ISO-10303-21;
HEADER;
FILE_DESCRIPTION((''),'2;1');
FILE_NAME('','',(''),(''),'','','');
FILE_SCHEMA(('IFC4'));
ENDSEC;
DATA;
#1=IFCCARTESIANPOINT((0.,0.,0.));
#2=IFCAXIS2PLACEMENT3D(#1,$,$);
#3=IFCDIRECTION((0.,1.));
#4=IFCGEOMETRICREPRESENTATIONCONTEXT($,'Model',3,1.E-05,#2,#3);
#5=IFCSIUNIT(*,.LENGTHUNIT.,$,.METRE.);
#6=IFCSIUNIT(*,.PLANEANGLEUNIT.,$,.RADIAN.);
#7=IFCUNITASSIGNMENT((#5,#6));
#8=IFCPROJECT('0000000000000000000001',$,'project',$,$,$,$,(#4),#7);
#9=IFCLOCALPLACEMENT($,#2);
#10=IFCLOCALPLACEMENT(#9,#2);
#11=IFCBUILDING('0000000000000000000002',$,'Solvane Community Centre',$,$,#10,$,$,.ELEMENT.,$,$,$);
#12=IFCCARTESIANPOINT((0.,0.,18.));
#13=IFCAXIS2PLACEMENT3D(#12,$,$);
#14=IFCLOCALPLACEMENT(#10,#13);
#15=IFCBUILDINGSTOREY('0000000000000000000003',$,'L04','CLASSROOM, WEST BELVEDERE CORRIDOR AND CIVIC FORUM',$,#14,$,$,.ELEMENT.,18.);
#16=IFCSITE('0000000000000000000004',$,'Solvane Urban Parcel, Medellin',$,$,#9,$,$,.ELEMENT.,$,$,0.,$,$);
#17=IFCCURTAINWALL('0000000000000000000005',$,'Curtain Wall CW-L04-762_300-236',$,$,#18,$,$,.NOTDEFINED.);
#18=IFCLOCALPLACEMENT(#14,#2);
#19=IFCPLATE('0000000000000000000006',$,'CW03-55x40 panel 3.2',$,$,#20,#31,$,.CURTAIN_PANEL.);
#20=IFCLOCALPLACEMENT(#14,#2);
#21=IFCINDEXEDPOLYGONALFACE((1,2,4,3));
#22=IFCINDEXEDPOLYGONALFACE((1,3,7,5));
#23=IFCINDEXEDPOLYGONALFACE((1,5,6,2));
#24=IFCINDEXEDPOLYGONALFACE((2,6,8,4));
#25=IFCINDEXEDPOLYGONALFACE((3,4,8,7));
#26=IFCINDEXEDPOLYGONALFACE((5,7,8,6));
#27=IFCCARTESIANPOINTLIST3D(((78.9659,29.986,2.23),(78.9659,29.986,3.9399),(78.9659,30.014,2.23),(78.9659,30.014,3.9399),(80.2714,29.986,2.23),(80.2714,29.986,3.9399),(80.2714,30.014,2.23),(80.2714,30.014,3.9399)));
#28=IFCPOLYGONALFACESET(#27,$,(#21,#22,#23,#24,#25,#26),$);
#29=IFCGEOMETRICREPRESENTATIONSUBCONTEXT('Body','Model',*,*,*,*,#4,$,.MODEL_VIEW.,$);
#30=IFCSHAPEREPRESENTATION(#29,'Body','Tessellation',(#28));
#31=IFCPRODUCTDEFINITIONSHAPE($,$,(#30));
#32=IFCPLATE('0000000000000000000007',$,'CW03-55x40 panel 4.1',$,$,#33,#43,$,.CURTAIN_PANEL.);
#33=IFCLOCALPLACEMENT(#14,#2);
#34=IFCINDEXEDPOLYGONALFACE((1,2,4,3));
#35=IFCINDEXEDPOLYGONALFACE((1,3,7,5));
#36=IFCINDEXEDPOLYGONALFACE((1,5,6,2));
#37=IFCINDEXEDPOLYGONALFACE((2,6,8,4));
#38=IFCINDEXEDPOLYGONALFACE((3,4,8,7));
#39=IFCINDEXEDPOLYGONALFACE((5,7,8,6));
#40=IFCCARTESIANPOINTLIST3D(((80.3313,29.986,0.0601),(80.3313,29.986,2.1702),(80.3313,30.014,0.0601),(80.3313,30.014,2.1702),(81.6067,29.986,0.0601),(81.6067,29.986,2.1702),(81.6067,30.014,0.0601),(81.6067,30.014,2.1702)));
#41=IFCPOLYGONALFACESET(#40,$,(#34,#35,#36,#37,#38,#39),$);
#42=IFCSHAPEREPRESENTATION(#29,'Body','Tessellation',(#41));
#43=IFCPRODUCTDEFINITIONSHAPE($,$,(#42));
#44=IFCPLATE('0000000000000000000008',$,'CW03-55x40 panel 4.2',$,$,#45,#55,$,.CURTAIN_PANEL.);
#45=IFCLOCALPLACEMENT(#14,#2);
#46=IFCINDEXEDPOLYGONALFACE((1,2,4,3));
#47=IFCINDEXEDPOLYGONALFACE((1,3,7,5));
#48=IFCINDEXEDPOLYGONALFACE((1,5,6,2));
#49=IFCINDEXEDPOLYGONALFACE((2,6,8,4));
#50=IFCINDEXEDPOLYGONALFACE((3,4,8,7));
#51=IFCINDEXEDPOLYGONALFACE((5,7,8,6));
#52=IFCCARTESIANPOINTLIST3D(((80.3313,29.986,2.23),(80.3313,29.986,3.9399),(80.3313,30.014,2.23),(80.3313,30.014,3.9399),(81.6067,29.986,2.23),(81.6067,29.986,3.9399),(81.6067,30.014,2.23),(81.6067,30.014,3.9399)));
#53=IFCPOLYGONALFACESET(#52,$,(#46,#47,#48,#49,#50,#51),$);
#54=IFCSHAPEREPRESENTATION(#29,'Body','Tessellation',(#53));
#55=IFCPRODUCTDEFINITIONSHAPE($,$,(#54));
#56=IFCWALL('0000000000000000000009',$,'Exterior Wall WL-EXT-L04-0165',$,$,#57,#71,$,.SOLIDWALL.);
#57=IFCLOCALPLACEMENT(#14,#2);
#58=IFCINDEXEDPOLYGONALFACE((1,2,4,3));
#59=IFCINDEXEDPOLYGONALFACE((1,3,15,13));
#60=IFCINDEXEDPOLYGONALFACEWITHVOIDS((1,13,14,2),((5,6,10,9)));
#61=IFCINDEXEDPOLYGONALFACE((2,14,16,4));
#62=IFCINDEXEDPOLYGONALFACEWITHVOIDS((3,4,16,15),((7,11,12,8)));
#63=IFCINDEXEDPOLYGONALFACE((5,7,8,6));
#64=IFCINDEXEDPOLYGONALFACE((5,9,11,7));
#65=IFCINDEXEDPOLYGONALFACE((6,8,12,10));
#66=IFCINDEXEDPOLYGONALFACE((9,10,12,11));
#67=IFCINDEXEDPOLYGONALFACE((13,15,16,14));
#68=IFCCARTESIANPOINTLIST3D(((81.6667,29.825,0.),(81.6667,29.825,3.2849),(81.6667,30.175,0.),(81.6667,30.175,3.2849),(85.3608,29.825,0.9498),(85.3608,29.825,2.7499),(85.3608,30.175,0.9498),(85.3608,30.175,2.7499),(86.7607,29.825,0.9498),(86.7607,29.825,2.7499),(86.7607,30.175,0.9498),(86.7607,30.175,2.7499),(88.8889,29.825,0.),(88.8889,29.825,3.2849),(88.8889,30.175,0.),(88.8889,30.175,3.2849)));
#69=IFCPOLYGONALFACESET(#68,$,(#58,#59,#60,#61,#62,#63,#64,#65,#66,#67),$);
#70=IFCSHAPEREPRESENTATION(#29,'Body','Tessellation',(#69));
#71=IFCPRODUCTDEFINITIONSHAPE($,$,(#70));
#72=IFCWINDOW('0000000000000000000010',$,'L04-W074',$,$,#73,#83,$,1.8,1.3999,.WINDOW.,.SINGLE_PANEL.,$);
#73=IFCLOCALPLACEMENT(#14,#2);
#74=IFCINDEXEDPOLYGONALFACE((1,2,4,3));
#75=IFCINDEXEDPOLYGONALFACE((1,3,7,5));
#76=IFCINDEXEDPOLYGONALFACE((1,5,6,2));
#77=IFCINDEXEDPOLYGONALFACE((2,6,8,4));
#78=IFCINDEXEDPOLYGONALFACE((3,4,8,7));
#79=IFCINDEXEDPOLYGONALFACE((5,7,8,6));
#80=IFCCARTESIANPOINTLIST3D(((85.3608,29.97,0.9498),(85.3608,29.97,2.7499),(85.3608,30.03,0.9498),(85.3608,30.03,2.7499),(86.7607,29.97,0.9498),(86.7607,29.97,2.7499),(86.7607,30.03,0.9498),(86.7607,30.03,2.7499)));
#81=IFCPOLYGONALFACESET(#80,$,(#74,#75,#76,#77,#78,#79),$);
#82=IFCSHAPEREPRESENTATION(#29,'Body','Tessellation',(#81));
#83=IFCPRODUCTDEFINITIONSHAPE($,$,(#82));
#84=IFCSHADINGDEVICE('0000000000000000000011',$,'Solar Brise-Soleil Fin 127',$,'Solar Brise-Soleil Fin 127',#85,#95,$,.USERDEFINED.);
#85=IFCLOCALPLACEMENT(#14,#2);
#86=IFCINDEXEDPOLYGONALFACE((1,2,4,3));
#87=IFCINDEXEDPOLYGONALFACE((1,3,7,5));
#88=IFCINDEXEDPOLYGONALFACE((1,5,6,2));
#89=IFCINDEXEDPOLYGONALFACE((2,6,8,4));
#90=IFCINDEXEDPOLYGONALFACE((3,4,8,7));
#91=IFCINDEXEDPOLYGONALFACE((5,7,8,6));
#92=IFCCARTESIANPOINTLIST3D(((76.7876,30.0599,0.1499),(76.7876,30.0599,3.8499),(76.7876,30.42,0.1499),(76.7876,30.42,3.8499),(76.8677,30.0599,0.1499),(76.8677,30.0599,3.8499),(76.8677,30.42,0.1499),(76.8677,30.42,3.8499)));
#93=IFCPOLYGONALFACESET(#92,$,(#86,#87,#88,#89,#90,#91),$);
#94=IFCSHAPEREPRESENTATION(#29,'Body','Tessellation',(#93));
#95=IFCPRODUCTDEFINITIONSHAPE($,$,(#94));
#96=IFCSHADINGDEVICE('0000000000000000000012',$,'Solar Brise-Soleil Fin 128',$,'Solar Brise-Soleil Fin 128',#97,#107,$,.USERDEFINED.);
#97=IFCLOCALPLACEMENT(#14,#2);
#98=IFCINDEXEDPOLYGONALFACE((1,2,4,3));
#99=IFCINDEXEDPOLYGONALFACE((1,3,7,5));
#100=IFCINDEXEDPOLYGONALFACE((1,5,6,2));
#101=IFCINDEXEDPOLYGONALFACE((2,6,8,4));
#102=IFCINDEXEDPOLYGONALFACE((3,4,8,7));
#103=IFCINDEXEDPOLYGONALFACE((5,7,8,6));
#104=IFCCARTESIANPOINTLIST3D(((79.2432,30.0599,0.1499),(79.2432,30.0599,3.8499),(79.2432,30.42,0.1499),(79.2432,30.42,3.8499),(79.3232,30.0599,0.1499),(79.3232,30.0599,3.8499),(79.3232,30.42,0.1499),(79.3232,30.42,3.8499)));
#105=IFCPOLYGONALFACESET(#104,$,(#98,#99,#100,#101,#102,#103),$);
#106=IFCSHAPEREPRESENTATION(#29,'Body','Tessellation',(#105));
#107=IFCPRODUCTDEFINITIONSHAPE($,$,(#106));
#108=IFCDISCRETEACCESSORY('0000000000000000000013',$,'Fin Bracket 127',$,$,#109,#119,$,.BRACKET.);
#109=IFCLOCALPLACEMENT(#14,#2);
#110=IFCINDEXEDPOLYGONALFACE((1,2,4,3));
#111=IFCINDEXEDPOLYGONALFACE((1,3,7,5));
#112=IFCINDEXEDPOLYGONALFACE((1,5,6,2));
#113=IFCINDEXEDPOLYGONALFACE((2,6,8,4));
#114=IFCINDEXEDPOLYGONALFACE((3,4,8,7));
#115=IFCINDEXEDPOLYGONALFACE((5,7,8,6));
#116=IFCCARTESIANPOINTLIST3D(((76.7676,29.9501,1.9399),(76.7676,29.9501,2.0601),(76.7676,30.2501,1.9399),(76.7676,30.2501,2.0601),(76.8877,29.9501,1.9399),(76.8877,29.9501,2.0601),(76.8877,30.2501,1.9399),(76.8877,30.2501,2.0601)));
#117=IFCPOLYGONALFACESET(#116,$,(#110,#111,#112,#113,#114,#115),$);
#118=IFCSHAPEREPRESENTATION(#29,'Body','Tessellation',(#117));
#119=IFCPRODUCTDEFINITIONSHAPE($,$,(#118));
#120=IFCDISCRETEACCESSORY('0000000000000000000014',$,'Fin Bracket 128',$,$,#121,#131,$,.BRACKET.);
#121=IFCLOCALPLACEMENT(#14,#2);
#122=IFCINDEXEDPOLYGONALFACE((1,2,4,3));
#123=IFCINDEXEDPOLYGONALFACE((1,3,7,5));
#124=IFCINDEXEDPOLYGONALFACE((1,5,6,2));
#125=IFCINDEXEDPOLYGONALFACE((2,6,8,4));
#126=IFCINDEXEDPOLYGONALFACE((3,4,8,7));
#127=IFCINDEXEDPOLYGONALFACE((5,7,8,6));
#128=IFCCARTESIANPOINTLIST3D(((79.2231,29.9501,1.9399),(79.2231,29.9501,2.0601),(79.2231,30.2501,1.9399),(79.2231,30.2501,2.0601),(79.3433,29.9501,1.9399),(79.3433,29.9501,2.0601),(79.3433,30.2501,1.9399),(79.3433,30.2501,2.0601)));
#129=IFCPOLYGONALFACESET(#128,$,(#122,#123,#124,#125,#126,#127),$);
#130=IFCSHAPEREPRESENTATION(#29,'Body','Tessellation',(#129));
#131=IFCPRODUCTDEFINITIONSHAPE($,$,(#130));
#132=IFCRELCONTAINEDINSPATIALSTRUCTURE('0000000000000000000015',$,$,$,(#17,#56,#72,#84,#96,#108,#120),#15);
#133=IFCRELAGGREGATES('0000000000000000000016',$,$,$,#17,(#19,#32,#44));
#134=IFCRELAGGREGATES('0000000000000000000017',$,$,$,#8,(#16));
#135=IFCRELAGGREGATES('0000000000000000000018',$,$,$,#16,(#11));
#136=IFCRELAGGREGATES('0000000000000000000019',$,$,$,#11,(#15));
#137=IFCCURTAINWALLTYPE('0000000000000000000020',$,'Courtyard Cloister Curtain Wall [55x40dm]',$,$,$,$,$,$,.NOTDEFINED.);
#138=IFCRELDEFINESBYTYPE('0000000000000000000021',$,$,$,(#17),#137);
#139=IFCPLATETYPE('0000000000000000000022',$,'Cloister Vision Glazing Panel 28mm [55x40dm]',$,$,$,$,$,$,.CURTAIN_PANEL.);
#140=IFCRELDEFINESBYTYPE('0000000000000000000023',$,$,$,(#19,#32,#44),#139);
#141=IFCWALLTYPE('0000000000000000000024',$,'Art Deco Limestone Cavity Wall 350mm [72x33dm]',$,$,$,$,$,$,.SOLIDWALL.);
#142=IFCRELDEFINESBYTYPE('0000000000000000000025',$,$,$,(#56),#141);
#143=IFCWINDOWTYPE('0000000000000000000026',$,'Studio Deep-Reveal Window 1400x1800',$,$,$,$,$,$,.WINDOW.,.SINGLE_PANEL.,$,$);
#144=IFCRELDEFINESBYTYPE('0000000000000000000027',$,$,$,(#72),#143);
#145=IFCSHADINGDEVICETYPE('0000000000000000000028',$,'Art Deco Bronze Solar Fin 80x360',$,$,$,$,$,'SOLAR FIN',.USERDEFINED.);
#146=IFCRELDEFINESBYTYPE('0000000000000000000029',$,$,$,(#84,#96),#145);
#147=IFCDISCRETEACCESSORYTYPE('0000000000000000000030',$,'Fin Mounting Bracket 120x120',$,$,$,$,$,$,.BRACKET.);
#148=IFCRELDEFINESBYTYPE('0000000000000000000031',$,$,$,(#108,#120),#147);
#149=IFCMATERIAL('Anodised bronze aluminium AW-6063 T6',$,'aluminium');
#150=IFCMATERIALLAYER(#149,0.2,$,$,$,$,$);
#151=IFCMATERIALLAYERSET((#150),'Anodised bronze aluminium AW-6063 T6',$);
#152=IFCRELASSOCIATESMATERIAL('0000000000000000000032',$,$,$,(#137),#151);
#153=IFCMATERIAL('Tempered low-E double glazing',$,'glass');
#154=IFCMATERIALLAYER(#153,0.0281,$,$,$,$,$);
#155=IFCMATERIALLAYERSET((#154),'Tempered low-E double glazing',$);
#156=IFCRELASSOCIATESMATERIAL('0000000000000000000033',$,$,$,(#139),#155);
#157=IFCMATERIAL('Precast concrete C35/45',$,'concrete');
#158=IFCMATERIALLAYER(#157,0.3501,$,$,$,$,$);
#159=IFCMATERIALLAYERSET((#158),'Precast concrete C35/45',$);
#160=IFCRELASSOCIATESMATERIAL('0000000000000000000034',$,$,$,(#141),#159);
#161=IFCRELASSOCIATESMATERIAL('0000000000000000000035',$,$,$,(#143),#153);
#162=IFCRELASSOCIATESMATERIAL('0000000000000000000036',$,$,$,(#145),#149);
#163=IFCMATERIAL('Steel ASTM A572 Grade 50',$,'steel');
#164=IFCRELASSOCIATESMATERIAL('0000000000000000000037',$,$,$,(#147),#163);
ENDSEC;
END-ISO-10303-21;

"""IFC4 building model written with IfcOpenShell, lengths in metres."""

from ifc_helpers import new_model, si_unit, direction, frame, frame_2d, origin, origin_2d, place, context, subcontext, project, spatial, rectangle, extrude, material, layer, layer_set, type_object, element, fill, aggregate, save


model = new_model("IFC4")

# Units and contexts
model_context = context("Model", 3, precision=1e-05, world=origin(), true_north=direction((0.0, 1.0)))
body_context = subcontext(model_context, "Body", "Model", "MODEL_VIEW")
ifc_project = project(units=[si_unit("LENGTHUNIT", "METRE"), si_unit("PLANEANGLEUNIT", "RADIAN")], contexts=[model_context])

# Site, building, storey
site_placement = place(None, origin())
site = spatial("IfcSite", under=ifc_project, at=site_placement, Name="Solvane Urban Parcel, Medellin", CompositionType="ELEMENT", RefElevation=0.0)
building_placement = place(site_placement, origin())
building = spatial("IfcBuilding", under=site, at=building_placement, Name="Solvane Community Centre", CompositionType="ELEMENT")
storey_placement = place(building_placement, frame((0.0, 0.0, 18.0)))
storey = spatial("IfcBuildingStorey", under=building, at=storey_placement, Name="L04", Description="CLASSROOM, WEST BELVEDERE CORRIDOR AND CIVIC FORUM", CompositionType="ELEMENT", Elevation=18.0)

# Shared definitions
ifc_material_1 = material(Name="Anodised bronze aluminium AW-6063 T6", Category="aluminium")

# Curtain wall
ifc_layer_1 = layer(ifc_material_1, 0.2)
ifc_layer_set_1 = layer_set([ifc_layer_1], Name="Anodised bronze aluminium AW-6063 T6")
curtain_wall_type_1 = type_object("IfcCurtainWallType", Name="Courtyard Cloister Curtain Wall [55x40dm]", PredefinedType="NOTDEFINED", material=ifc_layer_set_1)
curtain_wall_1_placement = place(storey_placement, origin())
curtain_wall_1 = element("IfcCurtainWall", 1, at=curtain_wall_1_placement, inside=storey, type_object=curtain_wall_type_1, Name="Curtain Wall CW-L04-762_300-236", PredefinedType="NOTDEFINED")

# Plates
ifc_material_2 = material(Name="Tempered low-E double glazing", Category="glass")
ifc_layer_2 = layer(ifc_material_2, 0.0281)
ifc_layer_set_2 = layer_set([ifc_layer_2], Name="Tempered low-E double glazing")
plate_type_1 = type_object("IfcPlateType", Name="Cloister Vision Glazing Panel 28mm [55x40dm]", PredefinedType="CURTAIN_PANEL", material=ifc_layer_set_2)
plate_1_placement = place(storey_placement, frame((79.6187, 30.0, 2.23), z_axis=(0.0, 0.0, 1.0), x_axis=(1.0, 0.0, 0.0)))
plate_1 = element("IfcPlate", 2, at=plate_1_placement, type_object=plate_type_1, Name="CW03-55x40 panel 3.2", PredefinedType="CURTAIN_PANEL", context=body_context, shape_type="SweptSolid", body=[
    extrude(rectangle(XDim=1.3054, YDim=0.0281, at=origin_2d()), origin(), (0.0, 0.0, 1.0), 1.71),
])
plate_2_placement = place(storey_placement, frame((80.969, 30.0, 0.0601), z_axis=(0.0, 0.0, 1.0), x_axis=(1.0, 0.0, 0.0)))
plate_2 = element("IfcPlate", 3, at=plate_2_placement, type_object=plate_type_1, Name="CW03-55x40 panel 4.1", PredefinedType="CURTAIN_PANEL", context=body_context, shape_type="SweptSolid", body=[
    extrude(rectangle(XDim=1.2754, YDim=0.0281, at=origin_2d()), origin(), (0.0, 0.0, 1.0), 2.1101),
])
plate_3_placement = place(storey_placement, frame((80.969, 30.0, 2.23), z_axis=(0.0, 0.0, 1.0), x_axis=(1.0, 0.0, 0.0)))
plate_3 = element("IfcPlate", 4, at=plate_3_placement, type_object=plate_type_1, Name="CW03-55x40 panel 4.2", PredefinedType="CURTAIN_PANEL", context=body_context, shape_type="SweptSolid", body=[
    extrude(rectangle(XDim=1.2754, YDim=0.0281, at=origin_2d()), origin(), (0.0, 0.0, 1.0), 1.71),
])
aggregate(curtain_wall_1, [plate_1, plate_2, plate_3])

# Wall, opening, window
ifc_material_3 = material(Name="Precast concrete C35/45", Category="concrete")
ifc_layer_3 = layer(ifc_material_3, 0.3501)
ifc_layer_set_3 = layer_set([ifc_layer_3], Name="Precast concrete C35/45")
wall_type = type_object("IfcWallType", Name="Art Deco Limestone Cavity Wall 350mm [72x33dm]", PredefinedType="SOLIDWALL", material=ifc_layer_set_3)
wall_placement = place(storey_placement, frame((81.6667, 30.0, 0.0), z_axis=(0.0, 0.0, 1.0), x_axis=(1.0, 0.0, 0.0)))
wall = element("IfcWall", 5, at=wall_placement, inside=storey, type_object=wall_type, Name="Exterior Wall WL-EXT-L04-0165", PredefinedType="SOLIDWALL", context=body_context, shape_type="SweptSolid", body=[
    extrude(rectangle(XDim=7.2222, YDim=0.3501, at=frame_2d((3.6111, 0.0))), origin(), (0.0, 0.0, 1.0), 3.2849),
])
opening_placement = place(wall_placement, frame((3.6941, 0.0, 0.95)))
opening = element("IfcOpeningElement", 6, at=opening_placement, cuts=wall, PredefinedType="OPENING", context=body_context, shape_type="SweptSolid", body=[
    extrude(rectangle(XDim=1.3999, YDim=1.8, at=frame_2d((0.7, 0.8999))), frame((0.0, 0.1851, 0.0), z_axis=(0.0, -1.0, 0.0), x_axis=(1.0, 0.0, 0.0)), (0.0, 0.0, 1.0), 0.3701),
])
window_type = type_object("IfcWindowType", Name="Studio Deep-Reveal Window 1400x1800", PartitioningType="SINGLE_PANEL", PredefinedType="WINDOW", material=ifc_material_2)
window_placement = place(opening_placement, origin())
window = element("IfcWindow", 7, at=window_placement, inside=storey, type_object=window_type, Name="L04-W074", OverallHeight=1.8, OverallWidth=1.3999, PartitioningType="SINGLE_PANEL", PredefinedType="WINDOW", context=body_context, shape_type="SweptSolid", body=[
    extrude(rectangle(XDim=1.3999, YDim=1.8, at=frame_2d((0.7, 0.8999))), frame((0.0, 0.03, 0.0), z_axis=(0.0, -1.0, 0.0), x_axis=(1.0, 0.0, 0.0)), (0.0, 0.0, 1.0), 0.0601),
])
fill(opening, window)

# Shading devices
shading_device_type = type_object("IfcShadingDeviceType", Name="Art Deco Bronze Solar Fin 80x360", ElementType="SOLAR FIN", PredefinedType="USERDEFINED", material=ifc_material_1)
shading_device_1_placement = place(storey_placement, frame((76.8276, 30.24, 0.1499), z_axis=(0.0, 0.0, 1.0), x_axis=(1.0, 0.0, 0.0)))
element("IfcShadingDevice", 8, at=shading_device_1_placement, inside=storey, type_object=shading_device_type, Name="Solar Brise-Soleil Fin 127", ObjectType="Solar Brise-Soleil Fin 127", PredefinedType="USERDEFINED", context=body_context, shape_type="SweptSolid", body=[
    extrude(rectangle(XDim=0.0801, YDim=0.3601, at=origin_2d()), origin(), (0.0, 0.0, 1.0), 3.7),
])
shading_device_2_placement = place(storey_placement, frame((79.2832, 30.24, 0.1499), z_axis=(0.0, 0.0, 1.0), x_axis=(1.0, 0.0, 0.0)))
element("IfcShadingDevice", 9, at=shading_device_2_placement, inside=storey, type_object=shading_device_type, Name="Solar Brise-Soleil Fin 128", ObjectType="Solar Brise-Soleil Fin 128", PredefinedType="USERDEFINED", context=body_context, shape_type="SweptSolid", body=[
    extrude(rectangle(XDim=0.0801, YDim=0.3601, at=origin_2d()), origin(), (0.0, 0.0, 1.0), 3.7),
])

# Discrete accessories
ifc_material_4 = material(Name="Steel ASTM A572 Grade 50", Category="steel")
discrete_accessory_type = type_object("IfcDiscreteAccessoryType", Name="Fin Mounting Bracket 120x120", PredefinedType="BRACKET", material=ifc_material_4)
for number, where, z_axis, x_axis, name in (
    (10, (76.8276, 30.1001, 1.9399), (0.0, 0.0, 1.0), (1.0, 0.0, 0.0), "Fin Bracket 127"),
    (11, (79.2832, 30.1001, 1.9399), (0.0, 0.0, 1.0), (1.0, 0.0, 0.0), "Fin Bracket 128"),
):
    element("IfcDiscreteAccessory", number, at=place(storey_placement, frame(where, z_axis=z_axis, x_axis=x_axis)), inside=storey, type_object=discrete_accessory_type, Name=name, PredefinedType="BRACKET", context=body_context, shape_type="SweptSolid", body=[
        extrude(rectangle(XDim=0.1201, YDim=0.3, at=origin_2d()), origin(), (0.0, 0.0, 1.0), 0.1201),
    ])

save(model, "model.ifc")
